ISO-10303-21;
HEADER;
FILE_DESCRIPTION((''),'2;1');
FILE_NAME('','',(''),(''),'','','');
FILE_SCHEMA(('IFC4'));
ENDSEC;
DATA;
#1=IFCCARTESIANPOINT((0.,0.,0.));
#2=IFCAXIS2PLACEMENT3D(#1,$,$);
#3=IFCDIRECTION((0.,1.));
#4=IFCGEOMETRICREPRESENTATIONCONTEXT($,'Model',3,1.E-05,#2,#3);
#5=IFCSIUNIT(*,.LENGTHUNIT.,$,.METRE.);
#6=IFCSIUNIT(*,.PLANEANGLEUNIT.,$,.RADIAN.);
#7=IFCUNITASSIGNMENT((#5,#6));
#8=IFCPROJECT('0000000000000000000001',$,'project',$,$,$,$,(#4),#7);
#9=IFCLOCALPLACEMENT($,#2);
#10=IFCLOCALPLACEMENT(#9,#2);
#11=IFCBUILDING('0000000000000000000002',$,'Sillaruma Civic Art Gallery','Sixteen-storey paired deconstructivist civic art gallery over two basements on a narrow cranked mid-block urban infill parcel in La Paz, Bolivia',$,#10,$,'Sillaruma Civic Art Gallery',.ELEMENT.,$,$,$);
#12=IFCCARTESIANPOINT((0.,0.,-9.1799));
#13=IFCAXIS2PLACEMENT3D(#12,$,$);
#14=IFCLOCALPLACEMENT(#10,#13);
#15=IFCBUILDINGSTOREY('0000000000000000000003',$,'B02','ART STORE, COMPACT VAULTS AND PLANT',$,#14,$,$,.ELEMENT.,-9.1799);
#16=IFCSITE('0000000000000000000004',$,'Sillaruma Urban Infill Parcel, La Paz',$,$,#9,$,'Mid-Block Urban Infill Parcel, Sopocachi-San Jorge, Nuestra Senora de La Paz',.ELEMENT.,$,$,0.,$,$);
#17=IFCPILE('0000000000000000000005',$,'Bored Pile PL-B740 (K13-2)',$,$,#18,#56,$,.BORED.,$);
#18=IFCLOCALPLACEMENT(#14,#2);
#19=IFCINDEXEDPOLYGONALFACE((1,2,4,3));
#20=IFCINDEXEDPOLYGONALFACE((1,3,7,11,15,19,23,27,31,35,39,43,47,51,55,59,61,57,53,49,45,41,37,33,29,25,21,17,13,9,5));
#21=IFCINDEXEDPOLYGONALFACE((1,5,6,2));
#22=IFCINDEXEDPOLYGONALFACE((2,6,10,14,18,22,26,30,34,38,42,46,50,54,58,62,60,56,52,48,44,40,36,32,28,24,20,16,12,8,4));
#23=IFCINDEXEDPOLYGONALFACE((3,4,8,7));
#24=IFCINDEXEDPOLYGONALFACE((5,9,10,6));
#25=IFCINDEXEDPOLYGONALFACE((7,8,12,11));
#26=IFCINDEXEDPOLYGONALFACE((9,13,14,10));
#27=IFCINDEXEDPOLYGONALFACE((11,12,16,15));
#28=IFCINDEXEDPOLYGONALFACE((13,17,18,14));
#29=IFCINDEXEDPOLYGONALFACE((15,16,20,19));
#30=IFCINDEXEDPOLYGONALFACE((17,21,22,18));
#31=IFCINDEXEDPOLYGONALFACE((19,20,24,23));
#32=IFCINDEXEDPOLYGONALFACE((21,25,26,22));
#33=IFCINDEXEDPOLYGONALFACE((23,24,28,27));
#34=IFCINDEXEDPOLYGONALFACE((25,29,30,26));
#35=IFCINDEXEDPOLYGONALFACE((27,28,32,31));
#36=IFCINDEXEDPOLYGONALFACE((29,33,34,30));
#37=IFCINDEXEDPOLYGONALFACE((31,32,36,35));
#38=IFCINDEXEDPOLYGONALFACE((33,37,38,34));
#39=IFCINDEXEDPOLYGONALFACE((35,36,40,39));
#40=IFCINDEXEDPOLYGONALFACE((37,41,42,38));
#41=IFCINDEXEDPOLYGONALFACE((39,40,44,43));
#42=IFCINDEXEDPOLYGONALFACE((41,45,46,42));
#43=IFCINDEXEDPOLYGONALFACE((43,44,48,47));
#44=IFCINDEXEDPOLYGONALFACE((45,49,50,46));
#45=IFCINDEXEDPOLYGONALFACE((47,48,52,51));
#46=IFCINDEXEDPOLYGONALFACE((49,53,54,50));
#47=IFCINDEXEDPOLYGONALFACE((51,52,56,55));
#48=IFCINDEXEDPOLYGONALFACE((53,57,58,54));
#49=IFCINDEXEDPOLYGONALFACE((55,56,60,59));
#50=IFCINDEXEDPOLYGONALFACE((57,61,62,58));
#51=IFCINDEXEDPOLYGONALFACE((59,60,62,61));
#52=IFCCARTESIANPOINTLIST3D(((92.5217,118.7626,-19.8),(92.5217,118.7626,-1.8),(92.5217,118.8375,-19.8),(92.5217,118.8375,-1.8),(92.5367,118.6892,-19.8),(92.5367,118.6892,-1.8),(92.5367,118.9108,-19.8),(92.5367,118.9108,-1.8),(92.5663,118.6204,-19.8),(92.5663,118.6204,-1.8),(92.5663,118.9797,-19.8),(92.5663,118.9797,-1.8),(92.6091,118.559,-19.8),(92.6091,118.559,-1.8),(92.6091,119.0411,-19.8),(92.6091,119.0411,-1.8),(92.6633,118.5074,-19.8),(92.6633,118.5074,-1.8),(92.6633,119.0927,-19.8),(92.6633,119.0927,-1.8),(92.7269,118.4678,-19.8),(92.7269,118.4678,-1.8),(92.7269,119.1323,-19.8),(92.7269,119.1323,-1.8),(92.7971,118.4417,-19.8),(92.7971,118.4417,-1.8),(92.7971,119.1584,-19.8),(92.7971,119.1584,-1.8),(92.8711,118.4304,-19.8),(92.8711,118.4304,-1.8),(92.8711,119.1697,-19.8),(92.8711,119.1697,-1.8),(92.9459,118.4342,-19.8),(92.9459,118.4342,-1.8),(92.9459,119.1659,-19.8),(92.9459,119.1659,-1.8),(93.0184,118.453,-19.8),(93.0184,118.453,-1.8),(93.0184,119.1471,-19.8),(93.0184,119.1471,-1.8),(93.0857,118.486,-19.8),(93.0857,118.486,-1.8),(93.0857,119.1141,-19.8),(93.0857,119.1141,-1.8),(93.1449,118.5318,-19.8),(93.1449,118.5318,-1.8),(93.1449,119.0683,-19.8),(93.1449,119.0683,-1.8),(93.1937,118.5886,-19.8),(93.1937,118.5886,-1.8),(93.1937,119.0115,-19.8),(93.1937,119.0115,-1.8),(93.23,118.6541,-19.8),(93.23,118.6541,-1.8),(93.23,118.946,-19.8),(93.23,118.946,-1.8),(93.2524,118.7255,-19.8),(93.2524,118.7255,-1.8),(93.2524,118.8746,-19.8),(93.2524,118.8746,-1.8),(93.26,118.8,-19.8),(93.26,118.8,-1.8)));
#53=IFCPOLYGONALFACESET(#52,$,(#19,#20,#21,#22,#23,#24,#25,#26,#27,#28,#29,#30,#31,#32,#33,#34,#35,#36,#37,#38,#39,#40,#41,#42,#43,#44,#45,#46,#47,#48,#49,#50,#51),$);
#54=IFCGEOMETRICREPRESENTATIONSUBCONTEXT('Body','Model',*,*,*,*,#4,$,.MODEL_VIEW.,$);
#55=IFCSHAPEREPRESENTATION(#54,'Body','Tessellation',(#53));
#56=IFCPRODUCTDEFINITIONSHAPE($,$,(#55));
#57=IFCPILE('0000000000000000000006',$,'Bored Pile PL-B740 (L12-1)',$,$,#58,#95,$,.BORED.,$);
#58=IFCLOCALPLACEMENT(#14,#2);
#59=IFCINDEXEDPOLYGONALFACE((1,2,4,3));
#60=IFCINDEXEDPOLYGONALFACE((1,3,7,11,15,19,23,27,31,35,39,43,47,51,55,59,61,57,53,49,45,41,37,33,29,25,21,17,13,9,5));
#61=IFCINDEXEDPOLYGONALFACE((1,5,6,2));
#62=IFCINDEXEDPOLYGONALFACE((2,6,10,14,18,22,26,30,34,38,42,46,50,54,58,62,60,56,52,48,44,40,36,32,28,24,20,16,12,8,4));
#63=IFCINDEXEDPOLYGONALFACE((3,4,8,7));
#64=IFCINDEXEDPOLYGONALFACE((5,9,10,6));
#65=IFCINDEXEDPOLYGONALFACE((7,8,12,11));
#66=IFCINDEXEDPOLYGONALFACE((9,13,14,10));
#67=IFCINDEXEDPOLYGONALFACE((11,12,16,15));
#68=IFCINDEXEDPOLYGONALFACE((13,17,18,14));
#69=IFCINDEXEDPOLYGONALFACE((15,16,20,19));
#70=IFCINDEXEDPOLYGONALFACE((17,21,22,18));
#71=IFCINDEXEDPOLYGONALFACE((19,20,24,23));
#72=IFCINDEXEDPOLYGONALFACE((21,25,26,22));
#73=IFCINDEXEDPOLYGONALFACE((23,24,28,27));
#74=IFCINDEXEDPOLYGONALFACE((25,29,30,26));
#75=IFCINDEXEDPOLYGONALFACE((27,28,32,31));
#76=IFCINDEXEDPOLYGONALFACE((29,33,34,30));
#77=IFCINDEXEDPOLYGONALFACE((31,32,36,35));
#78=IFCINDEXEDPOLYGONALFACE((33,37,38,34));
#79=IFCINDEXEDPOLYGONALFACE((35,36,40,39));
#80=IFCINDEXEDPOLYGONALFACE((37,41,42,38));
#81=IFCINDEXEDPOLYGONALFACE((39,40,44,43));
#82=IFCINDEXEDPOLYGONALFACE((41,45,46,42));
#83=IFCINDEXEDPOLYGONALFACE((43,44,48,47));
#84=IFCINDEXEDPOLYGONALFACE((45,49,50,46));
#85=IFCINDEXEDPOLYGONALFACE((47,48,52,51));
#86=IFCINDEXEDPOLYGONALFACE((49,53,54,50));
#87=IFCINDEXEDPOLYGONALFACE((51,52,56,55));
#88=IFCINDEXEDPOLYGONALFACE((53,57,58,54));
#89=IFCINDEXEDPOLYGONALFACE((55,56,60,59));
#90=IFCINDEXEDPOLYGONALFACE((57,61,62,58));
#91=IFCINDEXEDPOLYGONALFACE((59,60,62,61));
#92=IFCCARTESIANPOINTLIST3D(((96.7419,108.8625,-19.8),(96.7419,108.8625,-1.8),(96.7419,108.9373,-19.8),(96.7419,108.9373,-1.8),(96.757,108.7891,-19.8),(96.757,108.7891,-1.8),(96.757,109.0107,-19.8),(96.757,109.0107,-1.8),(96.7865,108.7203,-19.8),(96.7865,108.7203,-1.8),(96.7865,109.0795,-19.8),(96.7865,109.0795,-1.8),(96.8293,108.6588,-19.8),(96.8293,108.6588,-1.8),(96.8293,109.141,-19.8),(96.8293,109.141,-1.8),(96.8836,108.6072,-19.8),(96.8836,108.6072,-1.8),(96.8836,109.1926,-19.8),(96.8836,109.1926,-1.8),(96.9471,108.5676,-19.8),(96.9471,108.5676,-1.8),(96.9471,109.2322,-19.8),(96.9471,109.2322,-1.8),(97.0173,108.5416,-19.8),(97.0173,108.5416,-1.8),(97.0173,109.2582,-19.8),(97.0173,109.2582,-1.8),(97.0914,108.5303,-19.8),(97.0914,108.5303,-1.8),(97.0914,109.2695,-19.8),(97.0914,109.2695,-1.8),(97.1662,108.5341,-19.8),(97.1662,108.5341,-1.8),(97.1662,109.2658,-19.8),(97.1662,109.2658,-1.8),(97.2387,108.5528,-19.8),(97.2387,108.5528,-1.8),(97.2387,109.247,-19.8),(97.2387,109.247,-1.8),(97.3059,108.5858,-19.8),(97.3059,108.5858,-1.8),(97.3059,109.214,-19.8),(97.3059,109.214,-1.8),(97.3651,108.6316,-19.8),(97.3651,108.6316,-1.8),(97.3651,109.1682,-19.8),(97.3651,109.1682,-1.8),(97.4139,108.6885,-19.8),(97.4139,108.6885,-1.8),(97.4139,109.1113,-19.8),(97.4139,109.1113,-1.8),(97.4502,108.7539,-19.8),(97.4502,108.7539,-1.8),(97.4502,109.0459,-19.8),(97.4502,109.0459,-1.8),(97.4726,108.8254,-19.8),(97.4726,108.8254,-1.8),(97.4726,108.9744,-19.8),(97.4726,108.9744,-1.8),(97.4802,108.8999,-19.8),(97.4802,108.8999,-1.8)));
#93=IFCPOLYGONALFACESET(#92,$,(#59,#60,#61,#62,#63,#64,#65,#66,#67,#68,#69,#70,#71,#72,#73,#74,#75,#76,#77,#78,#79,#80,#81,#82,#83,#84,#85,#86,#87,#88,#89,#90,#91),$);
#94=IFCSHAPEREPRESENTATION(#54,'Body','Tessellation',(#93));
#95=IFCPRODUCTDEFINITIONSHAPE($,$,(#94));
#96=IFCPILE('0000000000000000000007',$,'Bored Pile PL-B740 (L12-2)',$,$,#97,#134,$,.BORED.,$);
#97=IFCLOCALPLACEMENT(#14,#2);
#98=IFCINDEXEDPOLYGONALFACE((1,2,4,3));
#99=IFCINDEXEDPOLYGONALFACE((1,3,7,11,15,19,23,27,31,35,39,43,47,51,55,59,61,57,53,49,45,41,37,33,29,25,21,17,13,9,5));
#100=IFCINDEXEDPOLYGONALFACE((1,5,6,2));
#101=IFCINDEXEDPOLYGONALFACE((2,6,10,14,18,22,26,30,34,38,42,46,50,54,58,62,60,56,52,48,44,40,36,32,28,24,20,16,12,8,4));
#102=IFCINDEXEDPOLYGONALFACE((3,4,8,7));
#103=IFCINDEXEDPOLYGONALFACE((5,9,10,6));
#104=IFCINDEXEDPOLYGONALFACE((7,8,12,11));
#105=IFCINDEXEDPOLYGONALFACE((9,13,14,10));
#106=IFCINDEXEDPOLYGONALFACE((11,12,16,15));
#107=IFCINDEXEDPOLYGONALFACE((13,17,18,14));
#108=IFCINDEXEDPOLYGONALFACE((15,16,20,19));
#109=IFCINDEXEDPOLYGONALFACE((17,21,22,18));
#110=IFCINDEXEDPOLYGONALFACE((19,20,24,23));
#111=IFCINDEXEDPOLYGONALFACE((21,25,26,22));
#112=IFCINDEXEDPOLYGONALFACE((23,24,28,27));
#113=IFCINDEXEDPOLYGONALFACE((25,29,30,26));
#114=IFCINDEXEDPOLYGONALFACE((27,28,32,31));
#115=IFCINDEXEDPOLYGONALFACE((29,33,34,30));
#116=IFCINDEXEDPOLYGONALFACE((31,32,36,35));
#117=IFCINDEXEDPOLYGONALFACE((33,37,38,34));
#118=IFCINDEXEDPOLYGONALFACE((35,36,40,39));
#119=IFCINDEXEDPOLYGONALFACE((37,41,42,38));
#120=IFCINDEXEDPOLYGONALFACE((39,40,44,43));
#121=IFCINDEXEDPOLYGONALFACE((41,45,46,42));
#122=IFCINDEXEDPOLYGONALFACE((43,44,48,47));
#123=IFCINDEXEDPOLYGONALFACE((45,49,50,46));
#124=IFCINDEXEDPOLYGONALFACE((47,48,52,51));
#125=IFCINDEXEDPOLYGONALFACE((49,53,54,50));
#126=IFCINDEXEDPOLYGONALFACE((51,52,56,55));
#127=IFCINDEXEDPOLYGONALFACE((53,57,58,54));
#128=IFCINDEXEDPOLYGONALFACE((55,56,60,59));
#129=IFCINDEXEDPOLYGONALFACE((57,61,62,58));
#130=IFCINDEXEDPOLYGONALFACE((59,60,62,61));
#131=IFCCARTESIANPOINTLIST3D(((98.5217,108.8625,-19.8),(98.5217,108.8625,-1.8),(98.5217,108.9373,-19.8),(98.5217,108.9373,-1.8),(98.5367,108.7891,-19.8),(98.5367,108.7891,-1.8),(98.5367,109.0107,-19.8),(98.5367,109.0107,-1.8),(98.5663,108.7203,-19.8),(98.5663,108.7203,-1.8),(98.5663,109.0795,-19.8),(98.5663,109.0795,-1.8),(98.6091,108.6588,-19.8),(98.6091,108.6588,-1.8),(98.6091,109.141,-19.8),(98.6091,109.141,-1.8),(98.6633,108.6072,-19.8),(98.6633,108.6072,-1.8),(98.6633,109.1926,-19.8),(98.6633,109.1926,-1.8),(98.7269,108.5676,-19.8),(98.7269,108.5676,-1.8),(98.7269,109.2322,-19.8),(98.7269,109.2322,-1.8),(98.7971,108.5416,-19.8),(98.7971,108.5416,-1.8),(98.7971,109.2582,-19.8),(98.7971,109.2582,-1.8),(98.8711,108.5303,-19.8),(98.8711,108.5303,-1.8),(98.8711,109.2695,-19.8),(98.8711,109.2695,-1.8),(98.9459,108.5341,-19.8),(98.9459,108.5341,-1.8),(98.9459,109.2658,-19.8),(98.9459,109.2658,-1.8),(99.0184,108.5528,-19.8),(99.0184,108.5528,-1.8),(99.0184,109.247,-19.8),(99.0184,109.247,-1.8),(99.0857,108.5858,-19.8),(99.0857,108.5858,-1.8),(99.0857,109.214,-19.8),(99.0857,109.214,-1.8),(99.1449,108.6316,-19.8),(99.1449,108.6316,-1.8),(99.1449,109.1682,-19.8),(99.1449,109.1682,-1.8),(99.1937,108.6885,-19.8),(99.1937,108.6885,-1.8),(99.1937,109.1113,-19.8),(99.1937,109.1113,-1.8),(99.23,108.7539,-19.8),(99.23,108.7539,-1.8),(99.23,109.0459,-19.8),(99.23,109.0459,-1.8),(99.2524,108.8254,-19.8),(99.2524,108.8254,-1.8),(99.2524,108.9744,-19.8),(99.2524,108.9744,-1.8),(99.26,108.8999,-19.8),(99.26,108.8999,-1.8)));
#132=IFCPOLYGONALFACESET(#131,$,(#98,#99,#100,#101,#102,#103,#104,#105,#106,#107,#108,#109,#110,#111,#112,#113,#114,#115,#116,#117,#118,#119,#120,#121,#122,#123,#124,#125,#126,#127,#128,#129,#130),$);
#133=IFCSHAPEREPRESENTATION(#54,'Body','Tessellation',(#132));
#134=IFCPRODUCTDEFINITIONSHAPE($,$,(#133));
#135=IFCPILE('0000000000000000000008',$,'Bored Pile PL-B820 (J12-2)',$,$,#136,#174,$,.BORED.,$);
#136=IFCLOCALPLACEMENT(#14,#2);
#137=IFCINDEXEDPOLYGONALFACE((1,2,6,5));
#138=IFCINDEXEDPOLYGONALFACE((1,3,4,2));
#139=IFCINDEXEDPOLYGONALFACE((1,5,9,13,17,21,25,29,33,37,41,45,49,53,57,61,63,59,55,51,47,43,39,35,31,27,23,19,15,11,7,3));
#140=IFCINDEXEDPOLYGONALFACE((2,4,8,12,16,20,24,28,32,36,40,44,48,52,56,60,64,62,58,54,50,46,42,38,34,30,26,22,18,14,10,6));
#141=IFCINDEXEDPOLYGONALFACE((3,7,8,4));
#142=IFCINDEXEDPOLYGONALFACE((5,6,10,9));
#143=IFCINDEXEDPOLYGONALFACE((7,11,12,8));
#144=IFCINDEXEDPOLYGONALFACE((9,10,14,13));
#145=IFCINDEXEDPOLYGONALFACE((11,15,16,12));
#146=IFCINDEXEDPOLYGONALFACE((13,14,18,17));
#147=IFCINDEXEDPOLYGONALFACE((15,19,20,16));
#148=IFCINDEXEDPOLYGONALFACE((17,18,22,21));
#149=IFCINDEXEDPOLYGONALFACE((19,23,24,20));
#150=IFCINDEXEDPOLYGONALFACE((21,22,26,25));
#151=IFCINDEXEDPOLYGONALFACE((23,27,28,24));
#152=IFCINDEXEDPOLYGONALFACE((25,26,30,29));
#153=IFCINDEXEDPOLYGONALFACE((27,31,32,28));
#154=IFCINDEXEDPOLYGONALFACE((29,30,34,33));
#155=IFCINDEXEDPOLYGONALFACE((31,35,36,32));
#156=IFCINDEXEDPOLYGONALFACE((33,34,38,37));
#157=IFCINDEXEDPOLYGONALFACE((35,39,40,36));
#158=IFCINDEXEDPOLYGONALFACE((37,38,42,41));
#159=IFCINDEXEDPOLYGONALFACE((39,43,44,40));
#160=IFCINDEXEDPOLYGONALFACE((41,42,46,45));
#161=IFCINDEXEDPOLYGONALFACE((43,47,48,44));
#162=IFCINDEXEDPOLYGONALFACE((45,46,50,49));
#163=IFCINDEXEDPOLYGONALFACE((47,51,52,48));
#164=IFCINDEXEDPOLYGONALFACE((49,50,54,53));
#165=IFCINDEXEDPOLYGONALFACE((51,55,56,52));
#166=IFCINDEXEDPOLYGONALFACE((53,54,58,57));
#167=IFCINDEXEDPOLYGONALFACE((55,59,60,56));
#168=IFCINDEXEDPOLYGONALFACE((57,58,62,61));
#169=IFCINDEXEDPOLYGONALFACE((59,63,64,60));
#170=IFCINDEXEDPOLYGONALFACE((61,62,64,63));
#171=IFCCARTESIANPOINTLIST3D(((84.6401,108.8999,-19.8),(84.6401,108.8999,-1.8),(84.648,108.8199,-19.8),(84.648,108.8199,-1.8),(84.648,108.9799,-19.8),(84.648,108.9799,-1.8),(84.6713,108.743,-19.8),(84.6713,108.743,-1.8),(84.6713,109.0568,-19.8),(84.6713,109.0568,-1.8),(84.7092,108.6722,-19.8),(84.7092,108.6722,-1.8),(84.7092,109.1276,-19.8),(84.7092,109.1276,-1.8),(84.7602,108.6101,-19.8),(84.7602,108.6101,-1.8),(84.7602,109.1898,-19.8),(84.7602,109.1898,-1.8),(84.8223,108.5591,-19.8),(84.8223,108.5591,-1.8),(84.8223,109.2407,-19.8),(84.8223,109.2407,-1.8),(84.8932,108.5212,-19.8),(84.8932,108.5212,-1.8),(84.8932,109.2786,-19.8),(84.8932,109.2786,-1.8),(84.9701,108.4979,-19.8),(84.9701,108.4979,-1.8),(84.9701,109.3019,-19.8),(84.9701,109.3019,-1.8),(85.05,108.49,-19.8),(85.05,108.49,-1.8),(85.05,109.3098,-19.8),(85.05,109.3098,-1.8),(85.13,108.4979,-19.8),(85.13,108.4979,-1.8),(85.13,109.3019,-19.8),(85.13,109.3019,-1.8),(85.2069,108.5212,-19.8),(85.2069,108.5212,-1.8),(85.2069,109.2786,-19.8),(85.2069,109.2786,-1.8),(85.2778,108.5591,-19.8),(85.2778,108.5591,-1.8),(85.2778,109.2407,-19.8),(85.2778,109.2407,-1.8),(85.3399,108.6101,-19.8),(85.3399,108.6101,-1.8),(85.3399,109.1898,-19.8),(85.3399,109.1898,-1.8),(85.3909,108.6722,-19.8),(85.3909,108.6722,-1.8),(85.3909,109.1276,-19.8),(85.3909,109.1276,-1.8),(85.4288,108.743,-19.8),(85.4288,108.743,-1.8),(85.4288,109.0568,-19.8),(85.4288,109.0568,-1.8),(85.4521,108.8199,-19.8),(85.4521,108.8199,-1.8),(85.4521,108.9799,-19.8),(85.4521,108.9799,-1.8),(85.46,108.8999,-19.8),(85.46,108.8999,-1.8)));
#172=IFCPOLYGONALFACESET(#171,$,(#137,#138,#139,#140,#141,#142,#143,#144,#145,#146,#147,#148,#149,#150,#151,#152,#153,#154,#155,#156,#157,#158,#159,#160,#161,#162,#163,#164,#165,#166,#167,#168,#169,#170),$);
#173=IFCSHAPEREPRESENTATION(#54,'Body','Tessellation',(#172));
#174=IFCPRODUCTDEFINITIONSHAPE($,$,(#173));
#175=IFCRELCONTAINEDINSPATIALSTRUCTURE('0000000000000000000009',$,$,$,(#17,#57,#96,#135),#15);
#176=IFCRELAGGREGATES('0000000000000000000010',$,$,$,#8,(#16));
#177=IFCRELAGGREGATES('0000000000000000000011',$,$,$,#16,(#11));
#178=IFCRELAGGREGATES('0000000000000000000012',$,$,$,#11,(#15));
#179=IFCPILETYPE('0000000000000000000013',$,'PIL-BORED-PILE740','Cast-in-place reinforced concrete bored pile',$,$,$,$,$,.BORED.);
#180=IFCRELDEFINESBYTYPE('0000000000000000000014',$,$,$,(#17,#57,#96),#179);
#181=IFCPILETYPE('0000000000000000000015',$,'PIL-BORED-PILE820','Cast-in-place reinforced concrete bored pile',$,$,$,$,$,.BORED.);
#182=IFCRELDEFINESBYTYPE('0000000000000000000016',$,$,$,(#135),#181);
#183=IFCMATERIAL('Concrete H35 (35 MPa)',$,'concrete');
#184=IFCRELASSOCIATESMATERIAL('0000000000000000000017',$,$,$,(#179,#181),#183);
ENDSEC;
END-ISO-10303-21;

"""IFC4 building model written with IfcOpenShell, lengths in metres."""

from ifc_helpers import new_model, si_unit, direction, frame, origin, origin_2d, place, context, subcontext, project, spatial, circle, extrude, material, material_profile, profile_set, type_object, element, save


model = new_model("IFC4")

# Units and contexts
model_context = context("Model", 3, precision=1e-05, world=origin(), true_north=direction((0.0, 1.0)))
body_context = subcontext(model_context, "Body", "Model", "MODEL_VIEW")
ifc_project = project(units=[si_unit("LENGTHUNIT", "METRE"), si_unit("PLANEANGLEUNIT", "RADIAN")], contexts=[model_context])

# Site, building, storey
site_placement = place(None, origin())
site = spatial("IfcSite", under=ifc_project, at=site_placement, Name="Sillaruma Urban Infill Parcel, La Paz", LongName="Mid-Block Urban Infill Parcel, Sopocachi-San Jorge, Nuestra Senora de La Paz", CompositionType="ELEMENT", RefElevation=0.0)
building_placement = place(site_placement, origin())
building = spatial("IfcBuilding", under=site, at=building_placement, Name="Sillaruma Civic Art Gallery", Description="Sixteen-storey paired deconstructivist civic art gallery over two basements on a narrow cranked mid-block urban infill parcel in La Paz, Bolivia", LongName="Sillaruma Civic Art Gallery", CompositionType="ELEMENT")
storey_placement = place(building_placement, frame((0.0, 0.0, -9.1799)))
storey = spatial("IfcBuildingStorey", under=building, at=storey_placement, Name="B02", Description="ART STORE, COMPACT VAULTS AND PLANT", CompositionType="ELEMENT", Elevation=-9.1799)

# Shared definitions
ifc_material_1 = material(Name="Concrete H35 (35 MPa)", Category="concrete")

# Piles
ifc_material_profile_1 = material_profile(ifc_material_1, circle(Radius=0.3701, at=origin_2d()), Name="PILE740")
ifc_profile_set_1 = profile_set([ifc_material_profile_1], Name="Concrete H35 (35 MPa)")
pile_type_1 = type_object("IfcPileType", Name="PIL-BORED-PILE740", Description="Cast-in-place reinforced concrete bored pile", PredefinedType="BORED", material=ifc_profile_set_1)
for number, where, z_axis, x_axis, name in (
    (1, (92.8899, 118.8, -1.8), (0.0, 0.0, -1.0), (1.0, 0.0, 0.0), "Bored Pile PL-B740 (K13-2)"),
    (2, (97.1101, 108.8999, -1.8), (0.0, 0.0, -1.0), (1.0, 0.0, 0.0), "Bored Pile PL-B740 (L12-1)"),
    (3, (98.8899, 108.8999, -1.8), (0.0, 0.0, -1.0), (1.0, 0.0, 0.0), "Bored Pile PL-B740 (L12-2)"),
):
    element("IfcPile", number, at=place(storey_placement, frame(where, z_axis=z_axis, x_axis=x_axis)), inside=storey, type_object=pile_type_1, Name=name, PredefinedType="BORED", context=body_context, shape_type="SweptSolid", body=[
        extrude(circle(Radius=0.3701, at=origin_2d()), origin(), (0.0, 0.0, 1.0), 18.0),
    ])
ifc_material_profile_2 = material_profile(ifc_material_1, circle(Radius=0.4099, at=origin_2d()), Name="PILE820")
ifc_profile_set_2 = profile_set([ifc_material_profile_2], Name="Concrete H35 (35 MPa)")
pile_type_2 = type_object("IfcPileType", Name="PIL-BORED-PILE820", Description="Cast-in-place reinforced concrete bored pile", PredefinedType="BORED", material=ifc_profile_set_2)
for number, where, z_axis, x_axis, name in (
    (4, (85.05, 108.8999, -1.8), (0.0, 0.0, -1.0), (1.0, 0.0, 0.0), "Bored Pile PL-B820 (J12-2)"),
):
    element("IfcPile", number, at=place(storey_placement, frame(where, z_axis=z_axis, x_axis=x_axis)), inside=storey, type_object=pile_type_2, Name=name, PredefinedType="BORED", context=body_context, shape_type="SweptSolid", body=[
        extrude(circle(Radius=0.4099, at=origin_2d()), origin(), (0.0, 0.0, 1.0), 18.0),
    ])

save(model, "model.ifc")
